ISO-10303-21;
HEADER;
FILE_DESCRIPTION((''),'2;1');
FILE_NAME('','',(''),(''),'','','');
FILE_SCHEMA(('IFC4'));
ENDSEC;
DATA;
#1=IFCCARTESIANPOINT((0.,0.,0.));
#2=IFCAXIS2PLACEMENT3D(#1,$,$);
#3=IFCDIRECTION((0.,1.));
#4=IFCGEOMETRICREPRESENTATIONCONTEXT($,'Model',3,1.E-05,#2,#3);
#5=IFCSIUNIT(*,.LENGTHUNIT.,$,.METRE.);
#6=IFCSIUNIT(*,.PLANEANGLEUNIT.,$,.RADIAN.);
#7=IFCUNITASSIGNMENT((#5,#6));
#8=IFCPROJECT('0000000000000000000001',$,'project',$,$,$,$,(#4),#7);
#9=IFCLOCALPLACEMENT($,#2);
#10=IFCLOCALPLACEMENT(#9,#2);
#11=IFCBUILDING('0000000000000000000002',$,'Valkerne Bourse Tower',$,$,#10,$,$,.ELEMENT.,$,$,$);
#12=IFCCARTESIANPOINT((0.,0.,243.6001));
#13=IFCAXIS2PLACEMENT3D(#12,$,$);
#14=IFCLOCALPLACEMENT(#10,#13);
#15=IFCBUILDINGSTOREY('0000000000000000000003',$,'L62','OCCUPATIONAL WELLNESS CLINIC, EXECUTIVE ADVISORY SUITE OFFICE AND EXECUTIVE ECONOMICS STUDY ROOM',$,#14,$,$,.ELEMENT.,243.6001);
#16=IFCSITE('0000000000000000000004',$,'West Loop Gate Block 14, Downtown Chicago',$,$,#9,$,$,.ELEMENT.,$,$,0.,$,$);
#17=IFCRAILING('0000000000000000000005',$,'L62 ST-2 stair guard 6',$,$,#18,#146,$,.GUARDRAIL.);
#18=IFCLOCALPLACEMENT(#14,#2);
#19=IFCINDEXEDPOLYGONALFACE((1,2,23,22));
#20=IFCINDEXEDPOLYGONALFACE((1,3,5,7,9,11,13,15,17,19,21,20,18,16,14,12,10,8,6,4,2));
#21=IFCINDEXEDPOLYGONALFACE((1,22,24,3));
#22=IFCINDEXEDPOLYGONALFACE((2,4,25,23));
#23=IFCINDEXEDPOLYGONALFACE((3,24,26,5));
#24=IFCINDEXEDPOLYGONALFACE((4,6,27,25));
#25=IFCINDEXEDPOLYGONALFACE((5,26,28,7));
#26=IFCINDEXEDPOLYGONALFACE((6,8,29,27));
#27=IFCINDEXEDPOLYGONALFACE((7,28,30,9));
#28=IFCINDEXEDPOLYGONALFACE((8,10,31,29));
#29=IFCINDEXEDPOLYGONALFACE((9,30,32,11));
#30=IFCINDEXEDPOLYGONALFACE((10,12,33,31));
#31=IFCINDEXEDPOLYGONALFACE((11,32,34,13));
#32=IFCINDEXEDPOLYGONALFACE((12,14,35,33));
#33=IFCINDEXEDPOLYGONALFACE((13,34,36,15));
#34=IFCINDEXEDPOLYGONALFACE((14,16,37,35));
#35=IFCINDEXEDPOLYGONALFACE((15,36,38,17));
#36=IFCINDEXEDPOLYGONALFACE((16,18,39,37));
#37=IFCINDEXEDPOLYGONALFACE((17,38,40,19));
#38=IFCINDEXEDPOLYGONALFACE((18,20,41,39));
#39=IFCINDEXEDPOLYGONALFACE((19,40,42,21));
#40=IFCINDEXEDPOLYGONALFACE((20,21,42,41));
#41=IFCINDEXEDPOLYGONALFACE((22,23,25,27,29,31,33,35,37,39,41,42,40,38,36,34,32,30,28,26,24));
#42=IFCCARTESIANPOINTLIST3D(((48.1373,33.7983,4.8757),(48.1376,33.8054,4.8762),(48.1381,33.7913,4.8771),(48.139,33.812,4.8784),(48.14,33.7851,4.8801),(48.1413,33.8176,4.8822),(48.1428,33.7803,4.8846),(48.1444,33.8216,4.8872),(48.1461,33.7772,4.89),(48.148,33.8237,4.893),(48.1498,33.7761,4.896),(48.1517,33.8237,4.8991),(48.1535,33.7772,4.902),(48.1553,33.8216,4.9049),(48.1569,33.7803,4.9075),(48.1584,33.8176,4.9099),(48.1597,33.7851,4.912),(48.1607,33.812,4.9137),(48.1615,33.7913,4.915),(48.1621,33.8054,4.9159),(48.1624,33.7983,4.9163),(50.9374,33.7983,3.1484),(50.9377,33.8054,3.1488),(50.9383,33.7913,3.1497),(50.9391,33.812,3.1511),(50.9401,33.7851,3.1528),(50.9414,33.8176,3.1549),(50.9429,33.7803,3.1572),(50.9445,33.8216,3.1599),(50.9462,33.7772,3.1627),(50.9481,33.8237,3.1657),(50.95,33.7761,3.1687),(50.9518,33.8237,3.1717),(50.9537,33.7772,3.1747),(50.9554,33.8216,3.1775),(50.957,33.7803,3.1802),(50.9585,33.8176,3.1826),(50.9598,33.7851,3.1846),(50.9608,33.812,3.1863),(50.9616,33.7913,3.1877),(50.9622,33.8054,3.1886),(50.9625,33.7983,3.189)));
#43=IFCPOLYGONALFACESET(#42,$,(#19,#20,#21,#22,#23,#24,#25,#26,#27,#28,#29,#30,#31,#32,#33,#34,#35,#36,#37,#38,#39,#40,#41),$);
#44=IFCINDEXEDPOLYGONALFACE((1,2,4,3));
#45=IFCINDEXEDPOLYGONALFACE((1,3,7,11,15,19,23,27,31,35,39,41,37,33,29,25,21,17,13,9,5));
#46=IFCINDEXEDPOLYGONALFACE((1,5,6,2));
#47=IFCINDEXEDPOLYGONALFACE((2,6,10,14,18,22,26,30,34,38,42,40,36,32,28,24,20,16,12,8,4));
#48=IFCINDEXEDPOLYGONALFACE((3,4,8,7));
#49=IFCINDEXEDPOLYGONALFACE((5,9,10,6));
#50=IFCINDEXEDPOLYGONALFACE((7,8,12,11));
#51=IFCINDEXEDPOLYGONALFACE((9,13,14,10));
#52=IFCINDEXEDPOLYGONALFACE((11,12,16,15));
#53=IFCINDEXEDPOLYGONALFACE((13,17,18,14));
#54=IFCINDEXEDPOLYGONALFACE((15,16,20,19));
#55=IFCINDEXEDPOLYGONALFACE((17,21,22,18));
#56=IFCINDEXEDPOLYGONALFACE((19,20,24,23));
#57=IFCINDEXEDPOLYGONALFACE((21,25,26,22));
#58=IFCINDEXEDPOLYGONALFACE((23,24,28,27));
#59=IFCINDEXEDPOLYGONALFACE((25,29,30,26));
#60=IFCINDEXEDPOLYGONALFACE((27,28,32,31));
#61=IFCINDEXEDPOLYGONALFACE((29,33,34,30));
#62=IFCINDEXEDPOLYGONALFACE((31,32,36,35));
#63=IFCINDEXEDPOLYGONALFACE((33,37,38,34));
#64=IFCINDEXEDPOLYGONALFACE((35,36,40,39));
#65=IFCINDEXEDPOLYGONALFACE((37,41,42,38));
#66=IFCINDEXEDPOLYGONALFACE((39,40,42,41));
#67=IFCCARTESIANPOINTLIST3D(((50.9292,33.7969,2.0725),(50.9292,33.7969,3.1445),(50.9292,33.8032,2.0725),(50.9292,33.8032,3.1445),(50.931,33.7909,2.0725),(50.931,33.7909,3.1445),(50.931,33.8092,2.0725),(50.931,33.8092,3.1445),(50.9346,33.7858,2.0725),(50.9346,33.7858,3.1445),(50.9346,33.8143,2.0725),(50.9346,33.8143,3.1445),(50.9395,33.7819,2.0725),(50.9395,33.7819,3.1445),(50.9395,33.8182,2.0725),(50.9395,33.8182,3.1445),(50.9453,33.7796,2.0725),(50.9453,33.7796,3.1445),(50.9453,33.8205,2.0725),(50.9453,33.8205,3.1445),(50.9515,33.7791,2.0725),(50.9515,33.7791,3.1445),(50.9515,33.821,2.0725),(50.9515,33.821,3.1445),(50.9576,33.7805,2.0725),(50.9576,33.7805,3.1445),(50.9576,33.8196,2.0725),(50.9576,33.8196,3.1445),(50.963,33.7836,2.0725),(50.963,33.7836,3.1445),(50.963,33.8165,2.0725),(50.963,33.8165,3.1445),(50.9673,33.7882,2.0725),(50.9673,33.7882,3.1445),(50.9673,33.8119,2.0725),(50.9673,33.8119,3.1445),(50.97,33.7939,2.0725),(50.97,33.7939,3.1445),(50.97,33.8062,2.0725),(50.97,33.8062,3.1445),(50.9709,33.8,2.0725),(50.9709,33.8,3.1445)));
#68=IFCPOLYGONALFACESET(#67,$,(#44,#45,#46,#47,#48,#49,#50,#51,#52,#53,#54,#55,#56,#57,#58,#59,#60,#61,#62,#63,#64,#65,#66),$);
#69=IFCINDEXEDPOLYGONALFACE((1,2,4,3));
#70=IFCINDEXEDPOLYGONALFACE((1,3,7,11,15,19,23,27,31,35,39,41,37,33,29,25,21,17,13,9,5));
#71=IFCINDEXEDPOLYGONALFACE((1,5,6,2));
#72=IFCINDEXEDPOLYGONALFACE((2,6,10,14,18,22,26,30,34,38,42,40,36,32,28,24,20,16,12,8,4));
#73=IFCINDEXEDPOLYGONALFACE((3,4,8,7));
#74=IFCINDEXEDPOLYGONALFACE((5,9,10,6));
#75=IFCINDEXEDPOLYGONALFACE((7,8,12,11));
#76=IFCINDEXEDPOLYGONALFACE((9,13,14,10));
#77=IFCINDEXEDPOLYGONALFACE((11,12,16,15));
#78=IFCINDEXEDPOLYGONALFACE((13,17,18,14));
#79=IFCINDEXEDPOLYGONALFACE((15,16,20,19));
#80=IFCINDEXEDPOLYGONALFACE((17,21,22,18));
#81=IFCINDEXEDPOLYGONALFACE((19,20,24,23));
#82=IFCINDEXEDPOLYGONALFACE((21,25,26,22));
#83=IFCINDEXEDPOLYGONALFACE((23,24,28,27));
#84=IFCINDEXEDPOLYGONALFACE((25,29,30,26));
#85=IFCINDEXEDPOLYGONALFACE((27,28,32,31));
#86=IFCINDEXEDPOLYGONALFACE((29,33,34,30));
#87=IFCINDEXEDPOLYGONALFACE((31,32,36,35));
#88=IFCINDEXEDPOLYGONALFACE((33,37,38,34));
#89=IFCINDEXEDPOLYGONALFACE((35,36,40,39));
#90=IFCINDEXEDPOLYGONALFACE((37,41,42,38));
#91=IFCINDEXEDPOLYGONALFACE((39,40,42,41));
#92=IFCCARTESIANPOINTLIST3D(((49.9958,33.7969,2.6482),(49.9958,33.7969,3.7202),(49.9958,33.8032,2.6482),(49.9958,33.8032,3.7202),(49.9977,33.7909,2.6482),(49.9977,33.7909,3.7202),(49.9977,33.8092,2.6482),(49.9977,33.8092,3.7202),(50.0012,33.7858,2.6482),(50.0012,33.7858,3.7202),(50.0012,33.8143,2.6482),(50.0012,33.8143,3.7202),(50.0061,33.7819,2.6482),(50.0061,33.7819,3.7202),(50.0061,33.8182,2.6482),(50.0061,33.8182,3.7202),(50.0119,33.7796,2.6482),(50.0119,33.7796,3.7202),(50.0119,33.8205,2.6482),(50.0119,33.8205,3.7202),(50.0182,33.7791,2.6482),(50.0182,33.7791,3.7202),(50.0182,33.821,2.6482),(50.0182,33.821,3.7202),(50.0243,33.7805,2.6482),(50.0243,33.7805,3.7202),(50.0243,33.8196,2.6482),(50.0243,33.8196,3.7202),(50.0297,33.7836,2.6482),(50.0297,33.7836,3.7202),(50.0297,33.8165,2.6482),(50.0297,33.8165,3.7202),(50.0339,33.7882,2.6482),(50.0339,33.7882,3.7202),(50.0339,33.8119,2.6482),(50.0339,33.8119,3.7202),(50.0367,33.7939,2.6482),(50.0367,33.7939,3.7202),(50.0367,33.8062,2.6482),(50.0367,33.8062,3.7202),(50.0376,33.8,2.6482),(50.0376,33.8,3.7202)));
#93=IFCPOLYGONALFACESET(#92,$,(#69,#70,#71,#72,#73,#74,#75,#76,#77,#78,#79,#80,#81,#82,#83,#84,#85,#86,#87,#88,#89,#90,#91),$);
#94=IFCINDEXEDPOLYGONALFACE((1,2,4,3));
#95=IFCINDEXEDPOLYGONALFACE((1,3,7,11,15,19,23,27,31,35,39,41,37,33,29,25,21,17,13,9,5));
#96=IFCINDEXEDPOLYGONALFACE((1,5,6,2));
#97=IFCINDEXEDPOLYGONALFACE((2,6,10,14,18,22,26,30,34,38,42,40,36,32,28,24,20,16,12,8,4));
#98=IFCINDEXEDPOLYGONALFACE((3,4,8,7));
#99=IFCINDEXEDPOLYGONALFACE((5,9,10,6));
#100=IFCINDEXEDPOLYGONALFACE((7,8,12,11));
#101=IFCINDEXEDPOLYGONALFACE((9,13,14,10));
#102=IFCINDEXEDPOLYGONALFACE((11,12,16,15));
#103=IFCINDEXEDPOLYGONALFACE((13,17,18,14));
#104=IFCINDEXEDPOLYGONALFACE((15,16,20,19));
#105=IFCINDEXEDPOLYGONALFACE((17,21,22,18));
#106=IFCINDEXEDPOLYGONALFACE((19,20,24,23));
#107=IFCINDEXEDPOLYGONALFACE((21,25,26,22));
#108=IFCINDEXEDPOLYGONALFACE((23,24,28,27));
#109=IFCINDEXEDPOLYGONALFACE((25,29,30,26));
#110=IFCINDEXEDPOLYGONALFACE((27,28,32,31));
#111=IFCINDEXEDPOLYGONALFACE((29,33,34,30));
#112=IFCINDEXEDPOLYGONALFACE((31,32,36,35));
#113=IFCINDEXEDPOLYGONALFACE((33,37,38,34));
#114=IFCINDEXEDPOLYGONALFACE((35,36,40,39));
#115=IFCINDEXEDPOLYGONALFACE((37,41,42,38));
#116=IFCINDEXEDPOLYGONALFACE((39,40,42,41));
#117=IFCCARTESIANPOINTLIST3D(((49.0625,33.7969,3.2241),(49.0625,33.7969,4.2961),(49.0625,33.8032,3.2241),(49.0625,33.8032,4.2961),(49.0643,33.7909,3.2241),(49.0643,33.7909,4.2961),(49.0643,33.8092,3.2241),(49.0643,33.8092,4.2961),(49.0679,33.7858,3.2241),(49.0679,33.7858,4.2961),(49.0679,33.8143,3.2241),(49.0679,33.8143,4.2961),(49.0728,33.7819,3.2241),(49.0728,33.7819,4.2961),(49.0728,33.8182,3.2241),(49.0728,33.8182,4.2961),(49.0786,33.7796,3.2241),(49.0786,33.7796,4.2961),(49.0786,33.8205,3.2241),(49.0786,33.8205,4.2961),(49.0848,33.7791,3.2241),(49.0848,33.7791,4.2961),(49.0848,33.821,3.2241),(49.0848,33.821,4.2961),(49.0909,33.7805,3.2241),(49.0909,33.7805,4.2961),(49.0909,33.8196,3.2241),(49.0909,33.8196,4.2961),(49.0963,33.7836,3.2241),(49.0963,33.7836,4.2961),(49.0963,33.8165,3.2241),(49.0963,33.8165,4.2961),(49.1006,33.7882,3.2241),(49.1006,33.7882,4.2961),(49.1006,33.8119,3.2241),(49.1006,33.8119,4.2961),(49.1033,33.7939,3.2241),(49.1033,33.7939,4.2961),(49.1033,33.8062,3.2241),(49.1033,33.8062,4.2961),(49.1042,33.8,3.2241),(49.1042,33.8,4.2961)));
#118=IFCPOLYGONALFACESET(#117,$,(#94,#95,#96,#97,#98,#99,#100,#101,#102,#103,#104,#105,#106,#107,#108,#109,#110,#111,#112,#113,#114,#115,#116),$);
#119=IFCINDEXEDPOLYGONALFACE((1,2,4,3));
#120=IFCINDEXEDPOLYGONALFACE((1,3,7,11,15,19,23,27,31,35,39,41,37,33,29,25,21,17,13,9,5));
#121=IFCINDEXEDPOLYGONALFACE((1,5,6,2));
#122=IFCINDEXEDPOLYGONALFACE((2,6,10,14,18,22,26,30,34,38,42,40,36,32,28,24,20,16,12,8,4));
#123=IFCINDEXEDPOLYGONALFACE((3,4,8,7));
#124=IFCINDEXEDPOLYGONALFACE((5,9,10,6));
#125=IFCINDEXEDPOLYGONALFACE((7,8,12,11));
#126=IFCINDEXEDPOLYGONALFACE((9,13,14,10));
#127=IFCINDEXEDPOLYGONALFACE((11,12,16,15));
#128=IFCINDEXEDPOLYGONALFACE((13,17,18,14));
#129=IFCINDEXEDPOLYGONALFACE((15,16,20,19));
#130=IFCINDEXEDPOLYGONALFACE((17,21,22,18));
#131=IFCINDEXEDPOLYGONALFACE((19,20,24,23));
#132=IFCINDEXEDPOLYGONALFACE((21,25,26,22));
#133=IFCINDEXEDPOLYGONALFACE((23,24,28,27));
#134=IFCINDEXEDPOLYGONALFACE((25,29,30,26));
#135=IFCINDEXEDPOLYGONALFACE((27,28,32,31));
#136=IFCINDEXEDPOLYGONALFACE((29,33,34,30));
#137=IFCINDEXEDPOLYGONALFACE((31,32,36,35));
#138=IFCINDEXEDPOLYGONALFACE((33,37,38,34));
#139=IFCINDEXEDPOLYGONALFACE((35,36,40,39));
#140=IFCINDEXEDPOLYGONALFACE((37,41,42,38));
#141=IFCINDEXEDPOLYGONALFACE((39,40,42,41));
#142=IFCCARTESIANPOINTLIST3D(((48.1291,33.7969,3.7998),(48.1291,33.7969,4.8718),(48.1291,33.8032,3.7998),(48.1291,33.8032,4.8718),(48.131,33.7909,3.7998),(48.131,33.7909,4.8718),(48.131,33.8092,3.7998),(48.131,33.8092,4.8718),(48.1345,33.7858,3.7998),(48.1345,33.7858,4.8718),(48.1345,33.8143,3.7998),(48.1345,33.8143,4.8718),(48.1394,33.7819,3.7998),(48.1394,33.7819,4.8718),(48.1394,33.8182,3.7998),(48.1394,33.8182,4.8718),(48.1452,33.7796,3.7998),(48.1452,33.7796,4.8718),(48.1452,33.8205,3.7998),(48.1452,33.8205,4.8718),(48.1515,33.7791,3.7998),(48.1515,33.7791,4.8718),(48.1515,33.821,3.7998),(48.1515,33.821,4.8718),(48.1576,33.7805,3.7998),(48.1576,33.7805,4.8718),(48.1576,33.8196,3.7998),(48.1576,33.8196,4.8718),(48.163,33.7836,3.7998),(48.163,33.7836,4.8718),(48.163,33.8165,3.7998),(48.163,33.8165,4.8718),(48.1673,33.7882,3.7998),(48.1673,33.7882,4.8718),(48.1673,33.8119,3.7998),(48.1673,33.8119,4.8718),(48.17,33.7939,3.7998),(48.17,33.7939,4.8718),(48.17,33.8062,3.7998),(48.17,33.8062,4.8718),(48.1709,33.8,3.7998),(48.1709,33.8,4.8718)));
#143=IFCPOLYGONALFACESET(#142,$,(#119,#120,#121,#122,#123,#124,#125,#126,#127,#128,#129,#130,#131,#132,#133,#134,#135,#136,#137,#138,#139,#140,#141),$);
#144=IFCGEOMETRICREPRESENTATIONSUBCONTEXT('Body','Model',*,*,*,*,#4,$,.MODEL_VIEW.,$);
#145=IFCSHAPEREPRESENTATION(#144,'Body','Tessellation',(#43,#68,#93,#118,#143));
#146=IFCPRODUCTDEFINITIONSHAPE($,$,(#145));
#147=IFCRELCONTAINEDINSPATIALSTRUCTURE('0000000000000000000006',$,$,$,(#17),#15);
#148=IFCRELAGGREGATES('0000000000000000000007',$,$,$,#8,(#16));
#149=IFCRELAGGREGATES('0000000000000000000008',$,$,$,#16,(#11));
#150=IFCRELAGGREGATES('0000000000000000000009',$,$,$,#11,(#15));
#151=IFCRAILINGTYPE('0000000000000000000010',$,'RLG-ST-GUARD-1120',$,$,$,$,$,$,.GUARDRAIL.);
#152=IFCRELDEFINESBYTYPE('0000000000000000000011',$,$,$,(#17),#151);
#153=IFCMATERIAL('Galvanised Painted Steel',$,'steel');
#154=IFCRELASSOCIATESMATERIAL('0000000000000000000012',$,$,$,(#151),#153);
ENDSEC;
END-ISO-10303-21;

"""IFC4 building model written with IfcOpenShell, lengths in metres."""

from ifc_helpers import new_model, si_unit, direction, frame, origin, origin_2d, place, context, subcontext, project, spatial, circle, extrude, material, type_object, element, save


model = new_model("IFC4")

# Units and contexts
model_context = context("Model", 3, precision=1e-05, world=origin(), true_north=direction((0.0, 1.0)))
body_context = subcontext(model_context, "Body", "Model", "MODEL_VIEW")
ifc_project = project(units=[si_unit("LENGTHUNIT", "METRE"), si_unit("PLANEANGLEUNIT", "RADIAN")], contexts=[model_context])

# Site, building, storey
site_placement = place(None, origin())
site = spatial("IfcSite", under=ifc_project, at=site_placement, Name="West Loop Gate Block 14, Downtown Chicago", CompositionType="ELEMENT", RefElevation=0.0)
building_placement = place(site_placement, origin())
building = spatial("IfcBuilding", under=site, at=building_placement, Name="Valkerne Bourse Tower", CompositionType="ELEMENT")
storey_placement = place(building_placement, frame((0.0, 0.0, 243.6001)))
storey = spatial("IfcBuildingStorey", under=building, at=storey_placement, Name="L62", Description="OCCUPATIONAL WELLNESS CLINIC, EXECUTIVE ADVISORY SUITE OFFICE AND EXECUTIVE ECONOMICS STUDY ROOM", CompositionType="ELEMENT", Elevation=243.6001)

# Shared definitions
ifc_material_1 = material(Name="Galvanised Painted Steel", Category="steel")

# Railing
railing_type_1 = type_object("IfcRailingType", Name="RLG-ST-GUARD-1120", PredefinedType="GUARDRAIL", material=ifc_material_1)
railing_1_placement = place(storey_placement, frame((50.95, 33.8, 2.0725)))
element("IfcRailing", 1, at=railing_1_placement, inside=storey, type_object=railing_type_1, Name="L62 ST-2 stair guard 6", PredefinedType="GUARDRAIL", context=body_context, shape_type="SweptSolid", body=[
    extrude(circle(Radius=0.0239, at=origin_2d()), frame((0.0, 0.0, 1.0962), z_axis=(-0.85109, 0.0, 0.52502), x_axis=(0.0, -1.0, 0.0)), (0.0, 0.0, 1.0), 3.29),
    extrude(circle(Radius=0.021, at=origin_2d()), origin(), (0.0, 0.0, 1.0), 1.072),
    extrude(circle(Radius=0.021, at=origin_2d()), frame((-0.9333, 0.0, 0.5757)), (0.0, 0.0, 1.0), 1.072),
    extrude(circle(Radius=0.021, at=origin_2d()), frame((-1.8667, 0.0, 1.1516)), (0.0, 0.0, 1.0), 1.072),
    extrude(circle(Radius=0.021, at=origin_2d()), frame((-2.8, 0.0, 1.7273)), (0.0, 0.0, 1.0), 1.072),
])

save(model, "model.ifc")
